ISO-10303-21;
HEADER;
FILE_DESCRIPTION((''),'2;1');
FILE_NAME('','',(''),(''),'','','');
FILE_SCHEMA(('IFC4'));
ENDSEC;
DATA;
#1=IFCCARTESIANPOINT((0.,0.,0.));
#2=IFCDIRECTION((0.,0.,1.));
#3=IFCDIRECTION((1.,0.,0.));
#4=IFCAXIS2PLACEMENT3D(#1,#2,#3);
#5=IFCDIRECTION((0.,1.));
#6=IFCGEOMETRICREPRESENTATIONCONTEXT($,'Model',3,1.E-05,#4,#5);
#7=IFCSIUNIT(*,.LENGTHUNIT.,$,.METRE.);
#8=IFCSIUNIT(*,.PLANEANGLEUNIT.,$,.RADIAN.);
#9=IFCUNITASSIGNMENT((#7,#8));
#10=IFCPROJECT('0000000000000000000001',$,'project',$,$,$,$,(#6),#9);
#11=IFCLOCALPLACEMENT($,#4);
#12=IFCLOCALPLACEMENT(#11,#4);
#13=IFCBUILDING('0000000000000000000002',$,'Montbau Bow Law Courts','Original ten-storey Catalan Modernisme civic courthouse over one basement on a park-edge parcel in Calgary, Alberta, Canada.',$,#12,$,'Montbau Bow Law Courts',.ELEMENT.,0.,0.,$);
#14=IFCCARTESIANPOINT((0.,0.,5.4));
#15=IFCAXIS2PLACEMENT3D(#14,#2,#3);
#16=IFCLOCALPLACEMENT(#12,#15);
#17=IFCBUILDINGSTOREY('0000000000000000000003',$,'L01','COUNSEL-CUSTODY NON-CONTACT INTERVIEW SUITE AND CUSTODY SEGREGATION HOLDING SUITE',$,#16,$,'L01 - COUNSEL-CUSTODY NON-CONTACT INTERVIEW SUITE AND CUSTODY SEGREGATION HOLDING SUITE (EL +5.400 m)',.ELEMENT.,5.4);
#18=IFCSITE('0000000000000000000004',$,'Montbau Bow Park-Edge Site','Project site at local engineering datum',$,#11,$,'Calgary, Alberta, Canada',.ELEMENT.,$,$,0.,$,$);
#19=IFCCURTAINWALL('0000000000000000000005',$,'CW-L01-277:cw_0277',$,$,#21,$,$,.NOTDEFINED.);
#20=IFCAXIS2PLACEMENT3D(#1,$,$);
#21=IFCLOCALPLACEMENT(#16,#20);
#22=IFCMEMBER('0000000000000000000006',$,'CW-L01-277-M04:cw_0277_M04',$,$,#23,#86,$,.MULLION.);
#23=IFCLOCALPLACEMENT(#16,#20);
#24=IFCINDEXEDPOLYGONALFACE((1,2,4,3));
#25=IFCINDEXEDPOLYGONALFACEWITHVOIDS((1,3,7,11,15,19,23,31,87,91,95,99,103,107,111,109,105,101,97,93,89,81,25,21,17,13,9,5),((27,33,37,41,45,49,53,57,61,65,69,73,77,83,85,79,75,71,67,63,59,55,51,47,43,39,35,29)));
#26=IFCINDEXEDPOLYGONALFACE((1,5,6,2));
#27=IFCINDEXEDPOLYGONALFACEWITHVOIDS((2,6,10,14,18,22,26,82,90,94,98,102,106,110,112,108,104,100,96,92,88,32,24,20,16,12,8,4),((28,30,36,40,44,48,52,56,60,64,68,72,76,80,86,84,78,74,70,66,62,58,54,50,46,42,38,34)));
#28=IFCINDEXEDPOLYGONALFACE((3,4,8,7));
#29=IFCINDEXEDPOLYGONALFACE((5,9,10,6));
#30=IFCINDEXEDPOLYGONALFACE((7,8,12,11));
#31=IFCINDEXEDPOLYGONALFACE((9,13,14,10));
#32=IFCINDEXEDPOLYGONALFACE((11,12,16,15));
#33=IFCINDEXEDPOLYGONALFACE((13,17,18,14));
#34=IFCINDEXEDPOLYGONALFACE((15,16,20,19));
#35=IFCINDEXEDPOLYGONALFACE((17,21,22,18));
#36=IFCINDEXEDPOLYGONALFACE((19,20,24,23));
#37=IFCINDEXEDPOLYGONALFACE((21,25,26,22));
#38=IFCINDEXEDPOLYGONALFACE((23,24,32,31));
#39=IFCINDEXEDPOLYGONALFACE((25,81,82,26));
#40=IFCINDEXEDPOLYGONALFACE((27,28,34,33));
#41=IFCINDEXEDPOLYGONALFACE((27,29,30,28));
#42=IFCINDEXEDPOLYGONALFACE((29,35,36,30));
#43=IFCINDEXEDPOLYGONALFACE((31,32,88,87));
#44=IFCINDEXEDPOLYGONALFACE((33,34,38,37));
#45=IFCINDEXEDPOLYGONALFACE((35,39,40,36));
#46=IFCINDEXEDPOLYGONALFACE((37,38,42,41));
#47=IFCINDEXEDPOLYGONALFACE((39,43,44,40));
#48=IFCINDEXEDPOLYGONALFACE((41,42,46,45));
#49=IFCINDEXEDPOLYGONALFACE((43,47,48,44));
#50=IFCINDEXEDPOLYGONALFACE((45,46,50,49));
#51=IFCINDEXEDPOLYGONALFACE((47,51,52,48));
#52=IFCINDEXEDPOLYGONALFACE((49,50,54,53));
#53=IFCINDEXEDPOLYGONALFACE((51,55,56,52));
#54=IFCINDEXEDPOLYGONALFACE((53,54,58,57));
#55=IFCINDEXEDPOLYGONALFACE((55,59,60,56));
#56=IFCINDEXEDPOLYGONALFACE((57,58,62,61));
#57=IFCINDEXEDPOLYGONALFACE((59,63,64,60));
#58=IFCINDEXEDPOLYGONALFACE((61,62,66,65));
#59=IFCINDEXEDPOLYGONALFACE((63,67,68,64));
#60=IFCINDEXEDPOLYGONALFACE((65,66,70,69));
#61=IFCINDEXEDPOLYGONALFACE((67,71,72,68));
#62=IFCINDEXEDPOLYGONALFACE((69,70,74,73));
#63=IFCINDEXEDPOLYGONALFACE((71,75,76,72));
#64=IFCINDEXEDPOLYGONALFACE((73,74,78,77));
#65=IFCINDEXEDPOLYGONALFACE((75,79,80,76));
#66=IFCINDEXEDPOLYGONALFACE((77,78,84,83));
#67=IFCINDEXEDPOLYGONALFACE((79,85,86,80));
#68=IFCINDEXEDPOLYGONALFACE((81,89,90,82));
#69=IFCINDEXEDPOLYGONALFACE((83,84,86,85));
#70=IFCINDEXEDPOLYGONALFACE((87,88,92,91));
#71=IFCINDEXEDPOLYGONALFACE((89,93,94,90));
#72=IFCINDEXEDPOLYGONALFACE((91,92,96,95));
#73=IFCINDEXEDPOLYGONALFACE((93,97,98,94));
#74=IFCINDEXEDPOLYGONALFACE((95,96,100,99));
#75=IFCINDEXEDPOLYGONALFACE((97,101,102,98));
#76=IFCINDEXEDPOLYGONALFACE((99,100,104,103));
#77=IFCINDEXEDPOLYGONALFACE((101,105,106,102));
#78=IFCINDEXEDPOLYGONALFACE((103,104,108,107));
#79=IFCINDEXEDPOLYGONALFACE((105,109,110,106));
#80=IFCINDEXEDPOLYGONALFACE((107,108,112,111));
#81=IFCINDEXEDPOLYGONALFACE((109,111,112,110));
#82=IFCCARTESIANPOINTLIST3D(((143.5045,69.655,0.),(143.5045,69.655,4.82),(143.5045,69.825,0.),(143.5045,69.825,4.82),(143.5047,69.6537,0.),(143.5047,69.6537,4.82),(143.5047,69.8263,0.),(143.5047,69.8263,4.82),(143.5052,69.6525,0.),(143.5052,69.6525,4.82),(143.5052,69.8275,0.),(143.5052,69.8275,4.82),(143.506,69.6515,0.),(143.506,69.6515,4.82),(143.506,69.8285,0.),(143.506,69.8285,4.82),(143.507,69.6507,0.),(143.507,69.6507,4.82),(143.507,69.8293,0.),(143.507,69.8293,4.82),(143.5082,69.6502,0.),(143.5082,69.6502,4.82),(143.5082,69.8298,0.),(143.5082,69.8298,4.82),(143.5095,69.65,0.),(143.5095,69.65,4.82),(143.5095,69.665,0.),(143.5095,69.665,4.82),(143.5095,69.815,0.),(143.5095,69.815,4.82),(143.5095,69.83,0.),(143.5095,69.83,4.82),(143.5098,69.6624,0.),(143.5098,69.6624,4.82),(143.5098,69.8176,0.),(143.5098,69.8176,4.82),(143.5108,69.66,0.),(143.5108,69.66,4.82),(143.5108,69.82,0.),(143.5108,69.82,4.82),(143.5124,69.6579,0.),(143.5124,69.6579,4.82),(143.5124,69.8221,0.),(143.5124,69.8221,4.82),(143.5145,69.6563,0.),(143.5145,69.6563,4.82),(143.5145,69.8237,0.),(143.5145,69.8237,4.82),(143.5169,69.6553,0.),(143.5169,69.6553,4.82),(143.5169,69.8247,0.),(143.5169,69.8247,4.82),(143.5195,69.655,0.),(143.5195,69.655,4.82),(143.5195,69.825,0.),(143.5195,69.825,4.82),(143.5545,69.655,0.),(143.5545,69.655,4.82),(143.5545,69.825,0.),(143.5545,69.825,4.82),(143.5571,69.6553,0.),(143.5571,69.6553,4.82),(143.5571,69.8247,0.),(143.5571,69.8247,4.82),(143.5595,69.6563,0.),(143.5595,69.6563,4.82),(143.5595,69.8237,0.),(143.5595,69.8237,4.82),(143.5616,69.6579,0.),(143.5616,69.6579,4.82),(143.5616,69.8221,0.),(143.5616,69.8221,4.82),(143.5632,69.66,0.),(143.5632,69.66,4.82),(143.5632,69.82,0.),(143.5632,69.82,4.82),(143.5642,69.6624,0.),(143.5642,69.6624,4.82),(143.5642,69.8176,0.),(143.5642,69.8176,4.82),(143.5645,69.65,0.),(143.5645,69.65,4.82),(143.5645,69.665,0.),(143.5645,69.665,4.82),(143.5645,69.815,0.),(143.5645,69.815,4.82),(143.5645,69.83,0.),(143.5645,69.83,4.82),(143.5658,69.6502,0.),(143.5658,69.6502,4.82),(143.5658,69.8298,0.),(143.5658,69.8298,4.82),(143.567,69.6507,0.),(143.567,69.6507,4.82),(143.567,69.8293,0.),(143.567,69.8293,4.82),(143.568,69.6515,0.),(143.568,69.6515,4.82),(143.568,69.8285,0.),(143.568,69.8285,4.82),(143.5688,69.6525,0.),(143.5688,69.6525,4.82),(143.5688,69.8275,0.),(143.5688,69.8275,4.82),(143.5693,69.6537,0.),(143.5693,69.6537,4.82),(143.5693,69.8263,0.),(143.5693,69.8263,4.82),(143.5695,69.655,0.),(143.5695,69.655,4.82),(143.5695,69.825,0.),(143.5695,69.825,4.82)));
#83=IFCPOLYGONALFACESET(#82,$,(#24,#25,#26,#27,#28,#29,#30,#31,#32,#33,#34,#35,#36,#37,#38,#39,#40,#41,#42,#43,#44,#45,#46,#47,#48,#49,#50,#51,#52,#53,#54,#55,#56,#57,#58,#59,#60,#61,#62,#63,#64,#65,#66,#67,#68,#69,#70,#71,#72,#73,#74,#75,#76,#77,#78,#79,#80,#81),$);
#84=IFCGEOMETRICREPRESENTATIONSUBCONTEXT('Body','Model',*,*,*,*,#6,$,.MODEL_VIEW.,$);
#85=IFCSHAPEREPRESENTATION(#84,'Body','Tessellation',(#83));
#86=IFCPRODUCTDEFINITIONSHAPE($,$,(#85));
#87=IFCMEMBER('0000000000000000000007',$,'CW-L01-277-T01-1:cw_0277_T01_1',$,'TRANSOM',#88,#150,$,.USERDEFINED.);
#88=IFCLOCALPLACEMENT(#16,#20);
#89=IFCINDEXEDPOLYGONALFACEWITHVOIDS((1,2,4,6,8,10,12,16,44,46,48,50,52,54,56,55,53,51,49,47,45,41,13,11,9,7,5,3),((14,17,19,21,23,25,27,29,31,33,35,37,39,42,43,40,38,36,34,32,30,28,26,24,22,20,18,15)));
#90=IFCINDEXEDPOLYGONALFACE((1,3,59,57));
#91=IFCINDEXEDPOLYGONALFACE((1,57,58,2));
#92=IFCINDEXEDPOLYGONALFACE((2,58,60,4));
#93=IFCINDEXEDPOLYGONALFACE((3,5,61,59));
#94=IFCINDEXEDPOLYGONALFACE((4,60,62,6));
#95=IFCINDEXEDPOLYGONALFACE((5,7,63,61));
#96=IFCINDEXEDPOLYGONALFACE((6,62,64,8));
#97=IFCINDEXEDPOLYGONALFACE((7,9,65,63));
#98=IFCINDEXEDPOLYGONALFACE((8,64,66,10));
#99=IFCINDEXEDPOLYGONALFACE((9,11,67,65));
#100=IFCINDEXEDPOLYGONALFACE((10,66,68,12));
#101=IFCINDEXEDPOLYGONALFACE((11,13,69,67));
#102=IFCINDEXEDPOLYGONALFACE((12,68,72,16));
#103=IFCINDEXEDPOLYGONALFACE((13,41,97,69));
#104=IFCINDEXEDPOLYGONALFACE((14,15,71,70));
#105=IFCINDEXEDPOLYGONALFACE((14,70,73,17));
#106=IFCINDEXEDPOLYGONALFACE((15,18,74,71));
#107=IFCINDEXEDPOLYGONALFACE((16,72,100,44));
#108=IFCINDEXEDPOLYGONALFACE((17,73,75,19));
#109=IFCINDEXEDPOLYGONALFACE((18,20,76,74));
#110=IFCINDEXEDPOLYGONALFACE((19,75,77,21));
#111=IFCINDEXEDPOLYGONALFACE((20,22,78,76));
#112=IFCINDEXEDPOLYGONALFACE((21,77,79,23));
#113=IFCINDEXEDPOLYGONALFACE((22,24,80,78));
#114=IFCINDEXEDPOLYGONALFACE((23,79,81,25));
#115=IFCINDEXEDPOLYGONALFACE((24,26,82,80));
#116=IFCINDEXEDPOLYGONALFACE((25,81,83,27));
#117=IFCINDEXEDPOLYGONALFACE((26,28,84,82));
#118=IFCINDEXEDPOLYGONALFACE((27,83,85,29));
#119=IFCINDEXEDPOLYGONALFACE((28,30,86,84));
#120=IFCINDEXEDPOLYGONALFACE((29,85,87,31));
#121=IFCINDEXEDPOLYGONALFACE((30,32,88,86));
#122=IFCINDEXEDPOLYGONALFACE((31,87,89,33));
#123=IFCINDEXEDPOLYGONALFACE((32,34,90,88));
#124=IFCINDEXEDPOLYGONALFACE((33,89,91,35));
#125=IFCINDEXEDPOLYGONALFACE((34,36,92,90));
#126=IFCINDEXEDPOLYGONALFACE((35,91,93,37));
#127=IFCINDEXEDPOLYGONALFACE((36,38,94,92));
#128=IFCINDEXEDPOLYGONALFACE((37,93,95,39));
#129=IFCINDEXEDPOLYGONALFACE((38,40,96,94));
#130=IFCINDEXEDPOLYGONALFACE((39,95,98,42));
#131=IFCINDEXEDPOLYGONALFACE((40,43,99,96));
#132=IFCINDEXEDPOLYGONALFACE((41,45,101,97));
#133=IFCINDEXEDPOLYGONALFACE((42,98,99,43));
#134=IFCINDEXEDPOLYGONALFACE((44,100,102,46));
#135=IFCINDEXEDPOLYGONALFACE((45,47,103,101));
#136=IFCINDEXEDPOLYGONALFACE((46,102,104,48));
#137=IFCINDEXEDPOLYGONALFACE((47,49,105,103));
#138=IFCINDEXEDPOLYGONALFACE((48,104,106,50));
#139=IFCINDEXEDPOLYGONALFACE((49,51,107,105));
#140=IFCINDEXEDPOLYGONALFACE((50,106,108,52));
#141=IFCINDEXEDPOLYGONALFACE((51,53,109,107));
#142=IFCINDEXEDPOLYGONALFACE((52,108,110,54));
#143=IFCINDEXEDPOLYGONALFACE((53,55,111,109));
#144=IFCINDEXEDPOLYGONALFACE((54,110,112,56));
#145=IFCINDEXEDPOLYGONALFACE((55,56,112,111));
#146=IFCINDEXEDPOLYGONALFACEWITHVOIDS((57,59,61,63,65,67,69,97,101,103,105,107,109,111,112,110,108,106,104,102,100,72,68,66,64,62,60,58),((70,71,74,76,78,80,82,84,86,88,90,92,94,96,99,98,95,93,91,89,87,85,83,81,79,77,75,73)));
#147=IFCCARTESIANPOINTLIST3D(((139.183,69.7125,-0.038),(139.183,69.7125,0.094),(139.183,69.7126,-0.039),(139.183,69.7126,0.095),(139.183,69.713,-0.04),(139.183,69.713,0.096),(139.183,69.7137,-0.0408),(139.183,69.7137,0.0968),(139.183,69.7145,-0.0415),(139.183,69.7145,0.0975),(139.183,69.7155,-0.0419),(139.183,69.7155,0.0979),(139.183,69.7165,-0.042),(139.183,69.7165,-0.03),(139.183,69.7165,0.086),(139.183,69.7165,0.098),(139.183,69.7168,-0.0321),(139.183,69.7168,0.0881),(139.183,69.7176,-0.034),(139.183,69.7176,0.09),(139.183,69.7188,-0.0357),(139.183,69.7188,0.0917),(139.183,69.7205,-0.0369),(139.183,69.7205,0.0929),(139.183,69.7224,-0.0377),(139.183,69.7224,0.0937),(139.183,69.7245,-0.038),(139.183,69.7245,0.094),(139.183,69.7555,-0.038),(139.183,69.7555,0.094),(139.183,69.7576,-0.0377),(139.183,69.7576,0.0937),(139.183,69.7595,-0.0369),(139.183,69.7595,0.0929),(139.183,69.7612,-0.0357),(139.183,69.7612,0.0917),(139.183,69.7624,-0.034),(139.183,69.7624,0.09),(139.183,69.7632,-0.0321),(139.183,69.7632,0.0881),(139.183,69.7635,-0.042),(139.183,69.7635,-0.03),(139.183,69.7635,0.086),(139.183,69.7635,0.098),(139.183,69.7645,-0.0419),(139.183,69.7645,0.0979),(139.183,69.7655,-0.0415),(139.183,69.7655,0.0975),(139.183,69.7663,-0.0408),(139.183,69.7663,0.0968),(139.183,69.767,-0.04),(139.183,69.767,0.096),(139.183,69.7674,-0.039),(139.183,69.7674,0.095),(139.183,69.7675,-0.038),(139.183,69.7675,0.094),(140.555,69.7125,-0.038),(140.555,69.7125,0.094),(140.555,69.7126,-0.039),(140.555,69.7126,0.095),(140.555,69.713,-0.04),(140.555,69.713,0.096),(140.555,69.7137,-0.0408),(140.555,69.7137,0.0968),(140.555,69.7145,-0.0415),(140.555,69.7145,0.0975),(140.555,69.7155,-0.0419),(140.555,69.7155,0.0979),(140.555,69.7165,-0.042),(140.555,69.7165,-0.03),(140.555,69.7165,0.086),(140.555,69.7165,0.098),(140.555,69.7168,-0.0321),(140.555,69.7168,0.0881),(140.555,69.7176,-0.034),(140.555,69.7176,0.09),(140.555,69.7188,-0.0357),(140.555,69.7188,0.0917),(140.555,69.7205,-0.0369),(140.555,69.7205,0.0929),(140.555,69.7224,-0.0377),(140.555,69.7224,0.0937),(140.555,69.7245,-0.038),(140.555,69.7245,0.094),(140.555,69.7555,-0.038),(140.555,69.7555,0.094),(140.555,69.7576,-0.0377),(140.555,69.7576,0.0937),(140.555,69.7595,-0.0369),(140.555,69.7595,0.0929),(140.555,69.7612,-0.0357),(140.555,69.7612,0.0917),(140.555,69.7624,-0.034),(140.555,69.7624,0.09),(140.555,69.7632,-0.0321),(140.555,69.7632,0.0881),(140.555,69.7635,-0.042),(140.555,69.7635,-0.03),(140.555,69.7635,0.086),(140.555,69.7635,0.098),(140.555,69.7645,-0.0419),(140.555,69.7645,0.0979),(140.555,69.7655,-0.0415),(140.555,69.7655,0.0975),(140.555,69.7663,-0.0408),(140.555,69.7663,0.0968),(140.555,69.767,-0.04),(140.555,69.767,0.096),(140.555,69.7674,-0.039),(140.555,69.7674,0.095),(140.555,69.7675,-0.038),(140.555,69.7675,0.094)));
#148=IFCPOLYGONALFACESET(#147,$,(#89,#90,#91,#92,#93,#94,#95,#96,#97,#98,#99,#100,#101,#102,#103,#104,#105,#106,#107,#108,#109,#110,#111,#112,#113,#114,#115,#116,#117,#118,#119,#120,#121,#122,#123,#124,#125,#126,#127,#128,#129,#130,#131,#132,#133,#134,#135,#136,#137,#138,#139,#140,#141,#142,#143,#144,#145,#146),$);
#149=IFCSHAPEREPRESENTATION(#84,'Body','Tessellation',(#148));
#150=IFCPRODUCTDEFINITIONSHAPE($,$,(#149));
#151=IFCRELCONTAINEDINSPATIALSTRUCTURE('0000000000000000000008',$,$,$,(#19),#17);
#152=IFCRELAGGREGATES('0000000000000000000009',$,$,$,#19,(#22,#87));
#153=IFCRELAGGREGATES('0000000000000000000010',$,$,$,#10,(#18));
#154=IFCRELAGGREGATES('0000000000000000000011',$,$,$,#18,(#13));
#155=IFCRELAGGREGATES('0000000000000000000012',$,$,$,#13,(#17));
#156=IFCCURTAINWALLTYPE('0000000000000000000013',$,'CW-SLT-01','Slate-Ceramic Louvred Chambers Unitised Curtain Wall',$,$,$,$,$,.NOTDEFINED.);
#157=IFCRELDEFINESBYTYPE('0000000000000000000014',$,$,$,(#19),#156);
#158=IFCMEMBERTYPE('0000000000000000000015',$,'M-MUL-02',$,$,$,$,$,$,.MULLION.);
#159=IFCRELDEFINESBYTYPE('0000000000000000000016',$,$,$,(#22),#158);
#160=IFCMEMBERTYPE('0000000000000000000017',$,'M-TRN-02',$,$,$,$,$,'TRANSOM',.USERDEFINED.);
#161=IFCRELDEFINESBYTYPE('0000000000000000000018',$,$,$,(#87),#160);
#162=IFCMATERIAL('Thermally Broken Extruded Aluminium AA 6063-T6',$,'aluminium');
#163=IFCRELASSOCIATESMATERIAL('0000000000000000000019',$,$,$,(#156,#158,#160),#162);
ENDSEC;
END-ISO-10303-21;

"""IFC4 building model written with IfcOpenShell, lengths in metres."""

from ifc_helpers import new_model, si_unit, direction, frame, origin_with_axes, origin_2d_with_axis, place, context, subcontext, project, spatial, hollow_rectangle, extrude, material, material_profile, profile_set, type_object, element, aggregate, save


model = new_model("IFC4")

# Units and contexts
model_context = context("Model", 3, precision=1e-05, world=origin_with_axes(), true_north=direction((0.0, 1.0)))
body_context = subcontext(model_context, "Body", "Model", "MODEL_VIEW")
ifc_project = project(units=[si_unit("LENGTHUNIT", "METRE"), si_unit("PLANEANGLEUNIT", "RADIAN")], contexts=[model_context])

# Site, building, storey
site_placement = place(None, origin_with_axes())
site = spatial("IfcSite", under=ifc_project, at=site_placement, Name="Montbau Bow Park-Edge Site", Description="Project site at local engineering datum", LongName="Calgary, Alberta, Canada", CompositionType="ELEMENT", RefElevation=0.0)
building_placement = place(site_placement, origin_with_axes())
building = spatial("IfcBuilding", under=site, at=building_placement, Name="Montbau Bow Law Courts", Description="Original ten-storey Catalan Modernisme civic courthouse over one basement on a park-edge parcel in Calgary, Alberta, Canada.", LongName="Montbau Bow Law Courts", CompositionType="ELEMENT", ElevationOfRefHeight=0.0, ElevationOfTerrain=0.0)
storey_placement = place(building_placement, frame((0.0, 0.0, 5.4), z_axis=(0.0, 0.0, 1.0), x_axis=(1.0, 0.0, 0.0)))
storey = spatial("IfcBuildingStorey", under=building, at=storey_placement, Name="L01", Description="COUNSEL-CUSTODY NON-CONTACT INTERVIEW SUITE AND CUSTODY SEGREGATION HOLDING SUITE", LongName="L01 - COUNSEL-CUSTODY NON-CONTACT INTERVIEW SUITE AND CUSTODY SEGREGATION HOLDING SUITE (EL +5.400 m)", CompositionType="ELEMENT", Elevation=5.4)

# Curtain wall, members
ifc_material_1 = material(Name="Thermally Broken Extruded Aluminium AA 6063-T6", Category="aluminium")
curtain_wall_type = type_object("IfcCurtainWallType", Name="CW-SLT-01", Description="Slate-Ceramic Louvred Chambers Unitised Curtain Wall", PredefinedType="NOTDEFINED", material=ifc_material_1)
curtain_wall_1_placement = place(None, frame((139.115, 69.74, 5.4), z_axis=(0.0, 0.0, 1.0), x_axis=(1.0, 0.0, 0.0)))
curtain_wall_1 = element("IfcCurtainWall", 1, at=curtain_wall_1_placement, inside=storey, type_object=curtain_wall_type, Name="CW-L01-277:cw_0277", PredefinedType="NOTDEFINED")
ifc_material_profile_1 = material_profile(ifc_material_1, hollow_rectangle(XDim=0.065, YDim=0.18, WallThickness=0.005, InnerFilletRadius=0.01, OuterFilletRadius=0.005, at=origin_2d_with_axis()), Name="CWM-180X65", Category="Main", Priority=0)
ifc_profile_set_1 = profile_set([ifc_material_profile_1], Name="Thermally Broken Extruded Aluminium AA 6063-T6")
member_type_1 = type_object("IfcMemberType", Name="M-MUL-02", PredefinedType="MULLION", material=ifc_profile_set_1)
member_1_placement = place(None, frame((143.537, 69.74, 5.4), z_axis=(0.0, 0.0, 1.0), x_axis=(1.0, 0.0, 0.0)))
member_1 = element("IfcMember", 2, at=member_1_placement, type_object=member_type_1, Name="CW-L01-277-M04:cw_0277_M04", PredefinedType="MULLION", context=body_context, shape_type="SweptSolid", body=[
    extrude(hollow_rectangle(XDim=0.065, YDim=0.18, WallThickness=0.005, InnerFilletRadius=0.01, OuterFilletRadius=0.005, at=origin_2d_with_axis()), origin_with_axes(), (0.0, 0.0, 1.0), 4.82),
])
ifc_material_profile_2 = material_profile(ifc_material_1, hollow_rectangle(XDim=0.055, YDim=0.14, WallThickness=0.004, InnerFilletRadius=0.008, OuterFilletRadius=0.004, at=origin_2d_with_axis()), Name="CWT-140X55", Category="Main", Priority=0)
ifc_profile_set_2 = profile_set([ifc_material_profile_2], Name="Thermally Broken Extruded Aluminium AA 6063-T6")
member_type_2 = type_object("IfcMemberType", Name="M-TRN-02", ElementType="TRANSOM", PredefinedType="USERDEFINED", material=ifc_profile_set_2)
member_2_placement = place(None, frame((139.183, 69.74, 5.428), z_axis=(1.0, 0.0, 0.0), x_axis=(0.0, 1.0, 0.0)))
member_2 = element("IfcMember", 3, at=member_2_placement, type_object=member_type_2, Name="CW-L01-277-T01-1:cw_0277_T01_1", ObjectType="TRANSOM", PredefinedType="USERDEFINED", context=body_context, shape_type="SweptSolid", body=[
    extrude(hollow_rectangle(XDim=0.055, YDim=0.14, WallThickness=0.004, InnerFilletRadius=0.008, OuterFilletRadius=0.004, at=origin_2d_with_axis()), origin_with_axes(), (0.0, 0.0, 1.0), 1.372),
])
aggregate(curtain_wall_1, [member_1, member_2])

save(model, "model.ifc")
